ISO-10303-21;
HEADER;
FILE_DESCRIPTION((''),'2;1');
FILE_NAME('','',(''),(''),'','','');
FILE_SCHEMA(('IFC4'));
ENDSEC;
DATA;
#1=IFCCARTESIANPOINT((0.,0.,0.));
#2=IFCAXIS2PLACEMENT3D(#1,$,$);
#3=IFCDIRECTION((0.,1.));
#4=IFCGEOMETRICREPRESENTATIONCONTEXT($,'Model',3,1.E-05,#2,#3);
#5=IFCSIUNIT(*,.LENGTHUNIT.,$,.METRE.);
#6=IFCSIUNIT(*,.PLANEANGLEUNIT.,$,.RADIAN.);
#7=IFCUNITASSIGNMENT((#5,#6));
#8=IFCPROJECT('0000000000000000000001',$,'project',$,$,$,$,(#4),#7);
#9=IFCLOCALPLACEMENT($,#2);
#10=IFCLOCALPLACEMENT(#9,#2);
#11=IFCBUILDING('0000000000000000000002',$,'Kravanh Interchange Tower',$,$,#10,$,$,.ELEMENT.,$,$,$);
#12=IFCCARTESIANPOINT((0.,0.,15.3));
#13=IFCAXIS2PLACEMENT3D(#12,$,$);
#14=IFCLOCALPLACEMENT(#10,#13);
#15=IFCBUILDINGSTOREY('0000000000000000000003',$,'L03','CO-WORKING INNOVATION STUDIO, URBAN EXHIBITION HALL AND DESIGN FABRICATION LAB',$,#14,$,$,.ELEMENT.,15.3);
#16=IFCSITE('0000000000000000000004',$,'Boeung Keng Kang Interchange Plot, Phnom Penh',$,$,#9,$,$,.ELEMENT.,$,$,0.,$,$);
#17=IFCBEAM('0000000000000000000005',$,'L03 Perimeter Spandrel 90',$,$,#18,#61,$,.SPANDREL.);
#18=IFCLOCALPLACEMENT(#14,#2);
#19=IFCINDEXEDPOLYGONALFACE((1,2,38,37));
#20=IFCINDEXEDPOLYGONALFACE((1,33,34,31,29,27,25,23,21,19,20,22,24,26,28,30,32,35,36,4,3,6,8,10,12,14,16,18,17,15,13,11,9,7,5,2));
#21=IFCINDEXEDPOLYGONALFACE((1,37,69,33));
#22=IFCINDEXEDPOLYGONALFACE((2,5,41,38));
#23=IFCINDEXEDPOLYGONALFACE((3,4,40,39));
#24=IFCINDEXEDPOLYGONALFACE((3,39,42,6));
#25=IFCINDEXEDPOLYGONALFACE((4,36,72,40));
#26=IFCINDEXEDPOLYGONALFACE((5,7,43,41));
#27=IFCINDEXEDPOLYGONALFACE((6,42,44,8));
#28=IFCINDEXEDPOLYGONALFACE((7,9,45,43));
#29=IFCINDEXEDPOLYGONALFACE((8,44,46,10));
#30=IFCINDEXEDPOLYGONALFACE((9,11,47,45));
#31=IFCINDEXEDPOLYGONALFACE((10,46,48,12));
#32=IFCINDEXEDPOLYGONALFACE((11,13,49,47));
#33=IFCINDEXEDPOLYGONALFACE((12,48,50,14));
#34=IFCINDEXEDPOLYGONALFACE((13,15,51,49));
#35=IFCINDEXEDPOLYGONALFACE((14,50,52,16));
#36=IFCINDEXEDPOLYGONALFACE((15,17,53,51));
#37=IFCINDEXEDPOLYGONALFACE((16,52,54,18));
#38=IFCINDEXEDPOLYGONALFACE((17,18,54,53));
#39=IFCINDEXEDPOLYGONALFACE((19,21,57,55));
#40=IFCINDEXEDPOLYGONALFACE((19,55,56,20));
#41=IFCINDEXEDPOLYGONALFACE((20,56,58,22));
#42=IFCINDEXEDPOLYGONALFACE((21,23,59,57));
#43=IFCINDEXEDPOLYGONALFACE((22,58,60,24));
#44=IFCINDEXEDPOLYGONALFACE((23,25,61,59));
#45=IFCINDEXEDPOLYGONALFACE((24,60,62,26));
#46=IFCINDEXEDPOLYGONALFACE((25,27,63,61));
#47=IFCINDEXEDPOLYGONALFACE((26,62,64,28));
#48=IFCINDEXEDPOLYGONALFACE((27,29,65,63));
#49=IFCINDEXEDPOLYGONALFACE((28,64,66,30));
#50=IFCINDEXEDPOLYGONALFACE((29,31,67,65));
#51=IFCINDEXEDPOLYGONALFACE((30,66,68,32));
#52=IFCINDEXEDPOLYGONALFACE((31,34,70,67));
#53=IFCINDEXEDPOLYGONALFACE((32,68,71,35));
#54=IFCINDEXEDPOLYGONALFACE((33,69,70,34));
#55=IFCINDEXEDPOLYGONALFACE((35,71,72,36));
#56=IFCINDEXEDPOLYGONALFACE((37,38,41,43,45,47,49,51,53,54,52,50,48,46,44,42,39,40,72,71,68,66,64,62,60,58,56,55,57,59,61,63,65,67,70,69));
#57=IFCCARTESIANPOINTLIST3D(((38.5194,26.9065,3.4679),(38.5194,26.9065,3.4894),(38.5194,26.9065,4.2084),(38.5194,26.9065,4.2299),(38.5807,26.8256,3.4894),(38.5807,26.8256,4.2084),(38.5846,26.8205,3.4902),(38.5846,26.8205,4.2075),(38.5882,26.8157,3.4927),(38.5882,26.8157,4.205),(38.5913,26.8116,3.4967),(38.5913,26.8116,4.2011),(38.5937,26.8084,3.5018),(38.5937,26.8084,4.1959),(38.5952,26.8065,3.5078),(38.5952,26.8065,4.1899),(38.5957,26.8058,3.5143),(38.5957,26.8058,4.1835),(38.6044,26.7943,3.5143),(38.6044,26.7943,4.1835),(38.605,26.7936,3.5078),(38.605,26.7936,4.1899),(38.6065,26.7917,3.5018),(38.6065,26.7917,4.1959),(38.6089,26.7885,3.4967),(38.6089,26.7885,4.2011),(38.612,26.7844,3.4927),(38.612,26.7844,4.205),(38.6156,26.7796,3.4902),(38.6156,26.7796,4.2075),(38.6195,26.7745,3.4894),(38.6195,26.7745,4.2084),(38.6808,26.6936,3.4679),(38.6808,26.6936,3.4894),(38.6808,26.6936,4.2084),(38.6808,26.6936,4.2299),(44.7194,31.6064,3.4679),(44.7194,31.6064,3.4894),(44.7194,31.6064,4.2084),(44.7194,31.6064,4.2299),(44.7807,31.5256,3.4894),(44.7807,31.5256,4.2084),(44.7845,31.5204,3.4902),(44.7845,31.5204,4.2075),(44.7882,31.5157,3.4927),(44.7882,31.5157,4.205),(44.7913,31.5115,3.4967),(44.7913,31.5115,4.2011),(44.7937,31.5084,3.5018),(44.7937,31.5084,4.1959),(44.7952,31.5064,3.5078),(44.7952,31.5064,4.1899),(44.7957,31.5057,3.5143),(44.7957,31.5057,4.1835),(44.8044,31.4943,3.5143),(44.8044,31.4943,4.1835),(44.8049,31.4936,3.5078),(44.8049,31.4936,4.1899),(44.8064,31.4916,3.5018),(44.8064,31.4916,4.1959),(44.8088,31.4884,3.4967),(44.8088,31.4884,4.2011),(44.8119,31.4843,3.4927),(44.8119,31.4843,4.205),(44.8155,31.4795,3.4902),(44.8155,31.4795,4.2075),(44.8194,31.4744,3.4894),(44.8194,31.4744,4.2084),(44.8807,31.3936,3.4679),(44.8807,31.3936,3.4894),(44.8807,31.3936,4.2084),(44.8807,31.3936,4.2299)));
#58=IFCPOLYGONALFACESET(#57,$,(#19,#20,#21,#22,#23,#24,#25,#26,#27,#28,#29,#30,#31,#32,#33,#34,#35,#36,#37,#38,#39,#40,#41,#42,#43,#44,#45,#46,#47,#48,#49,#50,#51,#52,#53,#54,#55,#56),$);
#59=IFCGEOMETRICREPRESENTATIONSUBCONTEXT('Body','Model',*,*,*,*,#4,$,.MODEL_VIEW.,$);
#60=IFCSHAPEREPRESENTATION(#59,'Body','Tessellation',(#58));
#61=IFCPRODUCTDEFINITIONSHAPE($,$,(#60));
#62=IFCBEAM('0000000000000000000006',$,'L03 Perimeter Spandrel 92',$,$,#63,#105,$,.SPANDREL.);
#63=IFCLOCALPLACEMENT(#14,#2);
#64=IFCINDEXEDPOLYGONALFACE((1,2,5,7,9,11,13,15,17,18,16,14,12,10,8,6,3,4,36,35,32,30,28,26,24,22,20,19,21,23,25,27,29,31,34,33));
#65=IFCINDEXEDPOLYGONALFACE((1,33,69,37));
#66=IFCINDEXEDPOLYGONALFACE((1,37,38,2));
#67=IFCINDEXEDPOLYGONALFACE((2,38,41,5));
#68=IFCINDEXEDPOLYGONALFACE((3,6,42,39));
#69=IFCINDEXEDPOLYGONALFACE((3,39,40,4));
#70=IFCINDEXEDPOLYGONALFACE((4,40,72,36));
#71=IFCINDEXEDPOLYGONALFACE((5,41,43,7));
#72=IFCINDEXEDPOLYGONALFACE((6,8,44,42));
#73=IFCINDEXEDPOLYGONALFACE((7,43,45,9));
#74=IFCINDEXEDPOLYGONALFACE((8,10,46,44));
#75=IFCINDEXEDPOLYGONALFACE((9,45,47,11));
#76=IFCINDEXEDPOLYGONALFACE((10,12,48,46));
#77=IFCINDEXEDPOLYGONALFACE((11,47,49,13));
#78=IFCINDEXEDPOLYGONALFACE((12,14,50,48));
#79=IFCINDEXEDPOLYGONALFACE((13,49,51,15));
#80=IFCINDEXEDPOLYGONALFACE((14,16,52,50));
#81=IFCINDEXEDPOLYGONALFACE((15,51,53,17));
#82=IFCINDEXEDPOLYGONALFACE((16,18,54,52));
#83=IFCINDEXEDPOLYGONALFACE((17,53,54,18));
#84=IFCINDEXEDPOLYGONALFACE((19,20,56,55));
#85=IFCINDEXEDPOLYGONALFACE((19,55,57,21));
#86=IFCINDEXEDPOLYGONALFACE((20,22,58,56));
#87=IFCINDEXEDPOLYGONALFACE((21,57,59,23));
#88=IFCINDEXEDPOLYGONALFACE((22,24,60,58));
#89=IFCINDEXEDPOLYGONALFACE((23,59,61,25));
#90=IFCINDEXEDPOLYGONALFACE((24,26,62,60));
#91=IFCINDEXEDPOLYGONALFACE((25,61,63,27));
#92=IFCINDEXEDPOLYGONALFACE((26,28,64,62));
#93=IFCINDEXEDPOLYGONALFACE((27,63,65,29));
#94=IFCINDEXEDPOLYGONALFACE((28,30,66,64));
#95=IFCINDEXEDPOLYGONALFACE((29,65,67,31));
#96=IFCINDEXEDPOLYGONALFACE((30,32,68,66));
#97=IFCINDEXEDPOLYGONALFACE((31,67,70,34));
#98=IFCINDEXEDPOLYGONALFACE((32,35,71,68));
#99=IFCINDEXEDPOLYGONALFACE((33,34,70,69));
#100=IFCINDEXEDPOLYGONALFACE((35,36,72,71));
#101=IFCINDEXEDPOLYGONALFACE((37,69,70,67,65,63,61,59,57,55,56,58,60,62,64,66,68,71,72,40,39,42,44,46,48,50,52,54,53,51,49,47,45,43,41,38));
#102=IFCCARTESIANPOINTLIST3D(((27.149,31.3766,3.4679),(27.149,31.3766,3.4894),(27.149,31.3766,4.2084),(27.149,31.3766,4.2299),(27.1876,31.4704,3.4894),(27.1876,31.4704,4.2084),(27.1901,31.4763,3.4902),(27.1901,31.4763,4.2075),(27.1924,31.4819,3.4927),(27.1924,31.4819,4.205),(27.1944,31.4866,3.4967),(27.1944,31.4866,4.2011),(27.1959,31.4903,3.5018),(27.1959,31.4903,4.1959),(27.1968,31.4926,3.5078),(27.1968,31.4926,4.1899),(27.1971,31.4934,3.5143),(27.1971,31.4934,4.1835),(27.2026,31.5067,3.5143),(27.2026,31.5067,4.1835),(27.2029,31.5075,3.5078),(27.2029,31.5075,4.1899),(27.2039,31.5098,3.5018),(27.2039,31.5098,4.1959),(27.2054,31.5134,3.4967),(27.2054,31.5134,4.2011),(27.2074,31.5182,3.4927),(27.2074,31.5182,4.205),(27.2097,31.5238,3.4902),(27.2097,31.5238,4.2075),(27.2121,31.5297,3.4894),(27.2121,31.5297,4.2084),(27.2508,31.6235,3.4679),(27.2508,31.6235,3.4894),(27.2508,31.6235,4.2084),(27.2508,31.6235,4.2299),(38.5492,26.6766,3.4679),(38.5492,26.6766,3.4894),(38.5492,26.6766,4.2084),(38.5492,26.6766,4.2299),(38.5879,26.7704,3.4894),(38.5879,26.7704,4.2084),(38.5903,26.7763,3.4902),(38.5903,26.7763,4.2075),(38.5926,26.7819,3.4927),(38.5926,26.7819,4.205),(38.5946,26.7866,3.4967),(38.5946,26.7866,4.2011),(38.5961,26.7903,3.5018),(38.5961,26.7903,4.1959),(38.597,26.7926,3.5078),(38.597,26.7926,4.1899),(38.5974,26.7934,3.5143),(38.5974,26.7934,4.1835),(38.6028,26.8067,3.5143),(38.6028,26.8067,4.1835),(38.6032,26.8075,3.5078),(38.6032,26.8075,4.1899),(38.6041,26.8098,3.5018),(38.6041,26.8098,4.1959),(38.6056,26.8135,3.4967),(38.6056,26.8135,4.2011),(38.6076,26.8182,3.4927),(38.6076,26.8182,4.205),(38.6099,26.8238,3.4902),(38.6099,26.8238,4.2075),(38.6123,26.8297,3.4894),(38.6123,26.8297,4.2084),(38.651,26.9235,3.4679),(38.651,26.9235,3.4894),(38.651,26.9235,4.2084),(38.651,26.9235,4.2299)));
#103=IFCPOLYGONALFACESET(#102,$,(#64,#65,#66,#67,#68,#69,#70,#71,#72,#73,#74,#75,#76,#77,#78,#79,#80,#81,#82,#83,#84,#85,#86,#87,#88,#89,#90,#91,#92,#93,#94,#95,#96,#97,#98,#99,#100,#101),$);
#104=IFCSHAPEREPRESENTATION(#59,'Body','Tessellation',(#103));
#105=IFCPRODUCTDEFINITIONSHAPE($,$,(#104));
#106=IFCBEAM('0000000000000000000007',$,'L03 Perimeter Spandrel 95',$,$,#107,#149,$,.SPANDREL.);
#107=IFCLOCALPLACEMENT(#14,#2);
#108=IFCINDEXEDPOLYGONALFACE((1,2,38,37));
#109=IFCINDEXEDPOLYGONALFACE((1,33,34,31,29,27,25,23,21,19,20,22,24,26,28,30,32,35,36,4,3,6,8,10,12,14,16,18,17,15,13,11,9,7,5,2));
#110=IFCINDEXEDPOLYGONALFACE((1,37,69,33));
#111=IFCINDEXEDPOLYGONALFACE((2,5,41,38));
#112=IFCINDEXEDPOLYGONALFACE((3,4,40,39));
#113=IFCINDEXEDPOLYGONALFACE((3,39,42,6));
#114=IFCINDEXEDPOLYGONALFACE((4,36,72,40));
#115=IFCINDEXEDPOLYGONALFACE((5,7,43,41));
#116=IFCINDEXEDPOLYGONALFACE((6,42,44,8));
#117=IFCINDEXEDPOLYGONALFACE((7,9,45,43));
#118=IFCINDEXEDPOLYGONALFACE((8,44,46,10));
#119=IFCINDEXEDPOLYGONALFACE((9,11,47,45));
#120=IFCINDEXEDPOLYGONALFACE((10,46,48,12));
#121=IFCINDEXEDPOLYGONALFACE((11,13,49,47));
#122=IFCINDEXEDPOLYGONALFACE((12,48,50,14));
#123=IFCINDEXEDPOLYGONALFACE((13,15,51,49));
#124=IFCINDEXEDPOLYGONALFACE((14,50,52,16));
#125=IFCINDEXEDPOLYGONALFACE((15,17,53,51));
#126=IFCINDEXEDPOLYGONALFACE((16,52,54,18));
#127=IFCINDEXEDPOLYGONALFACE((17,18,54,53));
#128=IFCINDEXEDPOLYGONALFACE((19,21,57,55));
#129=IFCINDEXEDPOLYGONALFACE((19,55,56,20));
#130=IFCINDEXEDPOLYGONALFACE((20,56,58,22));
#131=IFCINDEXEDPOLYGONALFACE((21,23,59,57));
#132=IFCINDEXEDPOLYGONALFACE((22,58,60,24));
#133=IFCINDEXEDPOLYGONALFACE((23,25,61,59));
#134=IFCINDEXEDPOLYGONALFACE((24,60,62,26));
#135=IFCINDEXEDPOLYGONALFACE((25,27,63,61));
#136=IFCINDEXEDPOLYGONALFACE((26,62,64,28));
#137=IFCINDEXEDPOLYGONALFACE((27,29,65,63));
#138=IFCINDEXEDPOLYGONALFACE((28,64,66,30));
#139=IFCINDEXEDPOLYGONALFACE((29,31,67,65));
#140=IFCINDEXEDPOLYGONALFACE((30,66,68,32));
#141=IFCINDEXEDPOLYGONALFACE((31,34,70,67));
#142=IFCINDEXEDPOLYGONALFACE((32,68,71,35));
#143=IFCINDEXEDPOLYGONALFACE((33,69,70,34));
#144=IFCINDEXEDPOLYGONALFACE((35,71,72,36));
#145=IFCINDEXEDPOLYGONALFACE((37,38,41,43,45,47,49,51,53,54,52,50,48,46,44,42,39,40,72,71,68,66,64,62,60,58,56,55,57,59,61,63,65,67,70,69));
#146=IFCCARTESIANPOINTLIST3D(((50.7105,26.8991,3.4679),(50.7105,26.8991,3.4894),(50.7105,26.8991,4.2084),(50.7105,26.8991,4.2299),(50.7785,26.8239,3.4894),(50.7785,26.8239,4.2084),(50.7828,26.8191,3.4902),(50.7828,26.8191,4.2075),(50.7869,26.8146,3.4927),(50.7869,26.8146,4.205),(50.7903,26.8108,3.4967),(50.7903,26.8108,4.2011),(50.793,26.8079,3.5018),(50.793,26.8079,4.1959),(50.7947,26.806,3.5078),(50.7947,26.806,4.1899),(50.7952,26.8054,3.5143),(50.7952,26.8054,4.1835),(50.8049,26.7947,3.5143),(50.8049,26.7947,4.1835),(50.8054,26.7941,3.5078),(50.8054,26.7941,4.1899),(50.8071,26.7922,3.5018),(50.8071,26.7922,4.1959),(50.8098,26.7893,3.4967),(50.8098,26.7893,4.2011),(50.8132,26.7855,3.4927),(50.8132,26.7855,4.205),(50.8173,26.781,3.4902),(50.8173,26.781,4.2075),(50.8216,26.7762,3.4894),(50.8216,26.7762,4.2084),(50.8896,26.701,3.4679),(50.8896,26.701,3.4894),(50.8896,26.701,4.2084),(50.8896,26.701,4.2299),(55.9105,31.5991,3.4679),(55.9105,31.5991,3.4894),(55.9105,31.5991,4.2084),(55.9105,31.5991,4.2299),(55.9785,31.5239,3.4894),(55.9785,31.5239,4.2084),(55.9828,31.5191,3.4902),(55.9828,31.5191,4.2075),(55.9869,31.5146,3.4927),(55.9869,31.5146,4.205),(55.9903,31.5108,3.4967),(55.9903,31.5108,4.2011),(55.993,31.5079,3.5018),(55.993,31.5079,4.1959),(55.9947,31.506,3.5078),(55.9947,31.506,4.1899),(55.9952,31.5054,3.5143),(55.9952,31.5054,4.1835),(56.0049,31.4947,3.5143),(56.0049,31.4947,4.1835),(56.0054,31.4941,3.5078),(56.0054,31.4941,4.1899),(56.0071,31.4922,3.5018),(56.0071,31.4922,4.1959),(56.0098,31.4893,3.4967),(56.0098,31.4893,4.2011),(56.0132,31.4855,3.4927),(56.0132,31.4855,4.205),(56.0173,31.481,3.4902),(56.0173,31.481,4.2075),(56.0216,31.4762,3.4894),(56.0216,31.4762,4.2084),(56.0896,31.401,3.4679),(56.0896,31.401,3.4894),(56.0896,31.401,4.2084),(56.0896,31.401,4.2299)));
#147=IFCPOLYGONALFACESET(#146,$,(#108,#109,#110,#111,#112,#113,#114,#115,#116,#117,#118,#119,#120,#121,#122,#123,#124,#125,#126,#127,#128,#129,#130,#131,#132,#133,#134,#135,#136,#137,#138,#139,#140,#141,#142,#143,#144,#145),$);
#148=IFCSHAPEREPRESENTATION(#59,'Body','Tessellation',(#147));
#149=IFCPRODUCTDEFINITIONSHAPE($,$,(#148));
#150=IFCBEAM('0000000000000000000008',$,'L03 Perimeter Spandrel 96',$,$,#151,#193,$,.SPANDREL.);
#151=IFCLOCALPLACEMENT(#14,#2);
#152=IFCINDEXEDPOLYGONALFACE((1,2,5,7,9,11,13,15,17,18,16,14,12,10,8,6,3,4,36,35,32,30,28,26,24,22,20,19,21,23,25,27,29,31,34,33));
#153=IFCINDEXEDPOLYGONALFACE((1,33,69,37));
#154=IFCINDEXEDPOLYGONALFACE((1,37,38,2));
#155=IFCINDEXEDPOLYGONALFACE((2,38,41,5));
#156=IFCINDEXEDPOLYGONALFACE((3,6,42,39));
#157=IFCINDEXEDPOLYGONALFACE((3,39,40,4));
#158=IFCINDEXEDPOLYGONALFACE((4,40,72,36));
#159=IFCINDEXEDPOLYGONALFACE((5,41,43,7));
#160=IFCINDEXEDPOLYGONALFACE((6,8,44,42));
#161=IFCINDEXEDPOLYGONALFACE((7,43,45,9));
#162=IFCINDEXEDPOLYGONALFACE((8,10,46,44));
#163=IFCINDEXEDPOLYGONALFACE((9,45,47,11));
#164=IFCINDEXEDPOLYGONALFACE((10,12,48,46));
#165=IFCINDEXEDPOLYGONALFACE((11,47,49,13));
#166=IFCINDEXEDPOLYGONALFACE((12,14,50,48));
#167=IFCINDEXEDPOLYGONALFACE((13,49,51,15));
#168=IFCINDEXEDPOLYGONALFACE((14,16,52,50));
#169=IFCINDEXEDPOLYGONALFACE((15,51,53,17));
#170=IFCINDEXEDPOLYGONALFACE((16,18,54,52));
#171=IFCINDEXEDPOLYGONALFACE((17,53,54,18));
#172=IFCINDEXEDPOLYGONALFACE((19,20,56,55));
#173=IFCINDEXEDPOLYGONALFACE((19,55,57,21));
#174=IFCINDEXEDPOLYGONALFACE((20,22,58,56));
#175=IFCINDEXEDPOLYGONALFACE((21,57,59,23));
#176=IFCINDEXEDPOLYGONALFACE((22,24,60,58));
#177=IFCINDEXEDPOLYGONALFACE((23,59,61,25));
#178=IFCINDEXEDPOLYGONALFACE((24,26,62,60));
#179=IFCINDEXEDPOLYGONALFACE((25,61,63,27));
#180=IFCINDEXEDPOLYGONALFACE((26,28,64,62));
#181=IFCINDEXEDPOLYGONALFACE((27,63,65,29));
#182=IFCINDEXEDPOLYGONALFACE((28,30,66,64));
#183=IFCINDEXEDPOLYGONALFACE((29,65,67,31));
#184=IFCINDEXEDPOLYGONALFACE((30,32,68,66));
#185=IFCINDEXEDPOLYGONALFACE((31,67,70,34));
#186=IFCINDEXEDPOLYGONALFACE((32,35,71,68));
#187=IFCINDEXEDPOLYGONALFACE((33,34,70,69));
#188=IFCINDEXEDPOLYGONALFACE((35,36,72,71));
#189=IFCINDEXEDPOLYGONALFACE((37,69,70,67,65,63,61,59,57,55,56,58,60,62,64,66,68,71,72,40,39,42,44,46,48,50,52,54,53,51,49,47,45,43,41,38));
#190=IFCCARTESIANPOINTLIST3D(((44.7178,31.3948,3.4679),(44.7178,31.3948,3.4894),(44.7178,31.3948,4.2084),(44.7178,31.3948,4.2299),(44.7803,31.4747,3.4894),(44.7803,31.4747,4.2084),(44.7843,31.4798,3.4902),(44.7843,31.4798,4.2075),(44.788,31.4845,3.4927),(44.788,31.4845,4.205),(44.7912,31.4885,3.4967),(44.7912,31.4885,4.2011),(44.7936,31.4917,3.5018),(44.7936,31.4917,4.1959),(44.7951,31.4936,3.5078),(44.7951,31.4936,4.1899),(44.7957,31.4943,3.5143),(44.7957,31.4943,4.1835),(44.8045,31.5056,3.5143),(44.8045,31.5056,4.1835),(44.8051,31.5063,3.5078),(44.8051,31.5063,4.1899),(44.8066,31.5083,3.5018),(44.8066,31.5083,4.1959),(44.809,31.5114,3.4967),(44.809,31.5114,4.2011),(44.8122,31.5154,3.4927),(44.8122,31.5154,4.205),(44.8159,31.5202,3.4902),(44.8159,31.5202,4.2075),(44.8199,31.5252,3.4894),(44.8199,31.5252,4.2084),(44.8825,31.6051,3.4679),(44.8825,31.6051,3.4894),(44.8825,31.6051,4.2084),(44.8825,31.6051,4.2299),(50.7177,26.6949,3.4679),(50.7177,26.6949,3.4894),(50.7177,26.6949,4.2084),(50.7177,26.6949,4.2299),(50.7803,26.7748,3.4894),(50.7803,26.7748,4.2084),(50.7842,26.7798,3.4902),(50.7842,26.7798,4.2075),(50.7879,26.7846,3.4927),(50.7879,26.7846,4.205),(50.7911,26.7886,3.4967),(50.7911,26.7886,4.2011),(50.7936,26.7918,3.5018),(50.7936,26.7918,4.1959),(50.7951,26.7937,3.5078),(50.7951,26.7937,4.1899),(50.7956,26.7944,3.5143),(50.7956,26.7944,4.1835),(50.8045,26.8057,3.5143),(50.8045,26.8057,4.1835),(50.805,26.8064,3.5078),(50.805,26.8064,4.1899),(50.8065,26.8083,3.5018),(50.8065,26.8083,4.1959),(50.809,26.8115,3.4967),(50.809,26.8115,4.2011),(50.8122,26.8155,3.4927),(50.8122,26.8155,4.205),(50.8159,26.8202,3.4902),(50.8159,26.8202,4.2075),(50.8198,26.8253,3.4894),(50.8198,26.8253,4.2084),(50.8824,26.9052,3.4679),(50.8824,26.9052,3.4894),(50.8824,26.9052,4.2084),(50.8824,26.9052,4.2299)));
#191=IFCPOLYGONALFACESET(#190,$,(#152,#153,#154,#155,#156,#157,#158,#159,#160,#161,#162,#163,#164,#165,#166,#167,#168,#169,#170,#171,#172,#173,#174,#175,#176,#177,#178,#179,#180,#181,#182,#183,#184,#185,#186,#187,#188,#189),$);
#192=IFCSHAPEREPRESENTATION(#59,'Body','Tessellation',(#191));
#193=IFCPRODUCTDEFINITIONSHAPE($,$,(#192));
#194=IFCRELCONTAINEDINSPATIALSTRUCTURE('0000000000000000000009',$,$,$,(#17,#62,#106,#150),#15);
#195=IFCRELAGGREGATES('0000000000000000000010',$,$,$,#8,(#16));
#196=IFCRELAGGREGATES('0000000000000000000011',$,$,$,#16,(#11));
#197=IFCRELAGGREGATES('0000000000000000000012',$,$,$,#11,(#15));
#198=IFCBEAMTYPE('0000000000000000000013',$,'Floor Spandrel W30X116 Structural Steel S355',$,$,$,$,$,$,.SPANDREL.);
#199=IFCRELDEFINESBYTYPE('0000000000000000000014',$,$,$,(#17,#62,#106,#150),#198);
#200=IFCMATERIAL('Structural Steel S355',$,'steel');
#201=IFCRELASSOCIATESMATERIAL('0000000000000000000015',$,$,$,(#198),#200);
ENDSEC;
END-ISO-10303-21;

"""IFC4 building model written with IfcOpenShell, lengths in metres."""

from ifc_helpers import new_model, si_unit, direction, frame, origin, origin_2d, place, context, subcontext, project, spatial, i_section, extrude, material, material_profile, profile_set, type_object, element, save


model = new_model("IFC4")

# Units and contexts
model_context = context("Model", 3, precision=1e-05, world=origin(), true_north=direction((0.0, 1.0)))
body_context = subcontext(model_context, "Body", "Model", "MODEL_VIEW")
ifc_project = project(units=[si_unit("LENGTHUNIT", "METRE"), si_unit("PLANEANGLEUNIT", "RADIAN")], contexts=[model_context])

# Site, building, storey
site_placement = place(None, origin())
site = spatial("IfcSite", under=ifc_project, at=site_placement, Name="Boeung Keng Kang Interchange Plot, Phnom Penh", CompositionType="ELEMENT", RefElevation=0.0)
building_placement = place(site_placement, origin())
building = spatial("IfcBuilding", under=site, at=building_placement, Name="Kravanh Interchange Tower", CompositionType="ELEMENT")
storey_placement = place(building_placement, frame((0.0, 0.0, 15.3)))
storey = spatial("IfcBuildingStorey", under=building, at=storey_placement, Name="L03", Description="CO-WORKING INNOVATION STUDIO, URBAN EXHIBITION HALL AND DESIGN FABRICATION LAB", CompositionType="ELEMENT", Elevation=15.3)

# Beams
ifc_material_1 = material(Name="Structural Steel S355", Category="steel")
ifc_material_profile_1 = material_profile(ifc_material_1, i_section(OverallWidth=0.2671, OverallDepth=0.762, WebThickness=0.0144, FlangeThickness=0.0215, FilletRadius=0.0249, at=origin_2d()), Name="W30X116")
ifc_profile_set_1 = profile_set([ifc_material_profile_1], Name="Structural Steel S355")
beam_type_1 = type_object("IfcBeamType", Name="Floor Spandrel W30X116 Structural Steel S355", PredefinedType="SPANDREL", material=ifc_profile_set_1)
beam_1_placement = place(storey_placement, frame((38.6001, 26.8, 3.8489), z_axis=(0.796905, 0.604104, 0.0), x_axis=(-0.604104, 0.796905, 0.0)))
element("IfcBeam", 1, at=beam_1_placement, inside=storey, type_object=beam_type_1, Name="L03 Perimeter Spandrel 90", PredefinedType="SPANDREL", context=body_context, shape_type="SweptSolid", body=[
    extrude(i_section(OverallWidth=0.2671, OverallDepth=0.762, WebThickness=0.0144, FlangeThickness=0.0215, FilletRadius=0.0249, at=origin_2d()), origin(), (0.0, 0.0, 1.0), 7.78),
])
beam_2_placement = place(storey_placement, frame((38.6001, 26.8, 3.8489), z_axis=(-0.924513, 0.38115, 0.0), x_axis=(-0.38115, -0.924513, 0.0)))
element("IfcBeam", 2, at=beam_2_placement, inside=storey, type_object=beam_type_1, Name="L03 Perimeter Spandrel 92", PredefinedType="SPANDREL", context=body_context, shape_type="SweptSolid", body=[
    extrude(i_section(OverallWidth=0.2671, OverallDepth=0.762, WebThickness=0.0144, FlangeThickness=0.0215, FilletRadius=0.0249, at=origin_2d()), origin(), (0.0, 0.0, 1.0), 12.3311),
])
beam_3_placement = place(storey_placement, frame((50.8, 26.8, 3.8489), z_axis=(0.741874, 0.670539, 0.0), x_axis=(-0.670539, 0.741874, 0.0)))
element("IfcBeam", 3, at=beam_3_placement, inside=storey, type_object=beam_type_1, Name="L03 Perimeter Spandrel 95", PredefinedType="SPANDREL", context=body_context, shape_type="SweptSolid", body=[
    extrude(i_section(OverallWidth=0.2671, OverallDepth=0.762, WebThickness=0.0144, FlangeThickness=0.0215, FilletRadius=0.0249, at=origin_2d()), origin(), (0.0, 0.0, 1.0), 7.0093),
])
beam_4_placement = place(storey_placement, frame((50.8, 26.8, 3.8489), z_axis=(-0.787231, 0.616658, 0.0), x_axis=(-0.616658, -0.787231, 0.0)))
element("IfcBeam", 4, at=beam_4_placement, inside=storey, type_object=beam_type_1, Name="L03 Perimeter Spandrel 96", PredefinedType="SPANDREL", context=body_context, shape_type="SweptSolid", body=[
    extrude(i_section(OverallWidth=0.2671, OverallDepth=0.762, WebThickness=0.0144, FlangeThickness=0.0215, FilletRadius=0.0249, at=origin_2d()), origin(), (0.0, 0.0, 1.0), 7.6216),
])

save(model, "model.ifc")
